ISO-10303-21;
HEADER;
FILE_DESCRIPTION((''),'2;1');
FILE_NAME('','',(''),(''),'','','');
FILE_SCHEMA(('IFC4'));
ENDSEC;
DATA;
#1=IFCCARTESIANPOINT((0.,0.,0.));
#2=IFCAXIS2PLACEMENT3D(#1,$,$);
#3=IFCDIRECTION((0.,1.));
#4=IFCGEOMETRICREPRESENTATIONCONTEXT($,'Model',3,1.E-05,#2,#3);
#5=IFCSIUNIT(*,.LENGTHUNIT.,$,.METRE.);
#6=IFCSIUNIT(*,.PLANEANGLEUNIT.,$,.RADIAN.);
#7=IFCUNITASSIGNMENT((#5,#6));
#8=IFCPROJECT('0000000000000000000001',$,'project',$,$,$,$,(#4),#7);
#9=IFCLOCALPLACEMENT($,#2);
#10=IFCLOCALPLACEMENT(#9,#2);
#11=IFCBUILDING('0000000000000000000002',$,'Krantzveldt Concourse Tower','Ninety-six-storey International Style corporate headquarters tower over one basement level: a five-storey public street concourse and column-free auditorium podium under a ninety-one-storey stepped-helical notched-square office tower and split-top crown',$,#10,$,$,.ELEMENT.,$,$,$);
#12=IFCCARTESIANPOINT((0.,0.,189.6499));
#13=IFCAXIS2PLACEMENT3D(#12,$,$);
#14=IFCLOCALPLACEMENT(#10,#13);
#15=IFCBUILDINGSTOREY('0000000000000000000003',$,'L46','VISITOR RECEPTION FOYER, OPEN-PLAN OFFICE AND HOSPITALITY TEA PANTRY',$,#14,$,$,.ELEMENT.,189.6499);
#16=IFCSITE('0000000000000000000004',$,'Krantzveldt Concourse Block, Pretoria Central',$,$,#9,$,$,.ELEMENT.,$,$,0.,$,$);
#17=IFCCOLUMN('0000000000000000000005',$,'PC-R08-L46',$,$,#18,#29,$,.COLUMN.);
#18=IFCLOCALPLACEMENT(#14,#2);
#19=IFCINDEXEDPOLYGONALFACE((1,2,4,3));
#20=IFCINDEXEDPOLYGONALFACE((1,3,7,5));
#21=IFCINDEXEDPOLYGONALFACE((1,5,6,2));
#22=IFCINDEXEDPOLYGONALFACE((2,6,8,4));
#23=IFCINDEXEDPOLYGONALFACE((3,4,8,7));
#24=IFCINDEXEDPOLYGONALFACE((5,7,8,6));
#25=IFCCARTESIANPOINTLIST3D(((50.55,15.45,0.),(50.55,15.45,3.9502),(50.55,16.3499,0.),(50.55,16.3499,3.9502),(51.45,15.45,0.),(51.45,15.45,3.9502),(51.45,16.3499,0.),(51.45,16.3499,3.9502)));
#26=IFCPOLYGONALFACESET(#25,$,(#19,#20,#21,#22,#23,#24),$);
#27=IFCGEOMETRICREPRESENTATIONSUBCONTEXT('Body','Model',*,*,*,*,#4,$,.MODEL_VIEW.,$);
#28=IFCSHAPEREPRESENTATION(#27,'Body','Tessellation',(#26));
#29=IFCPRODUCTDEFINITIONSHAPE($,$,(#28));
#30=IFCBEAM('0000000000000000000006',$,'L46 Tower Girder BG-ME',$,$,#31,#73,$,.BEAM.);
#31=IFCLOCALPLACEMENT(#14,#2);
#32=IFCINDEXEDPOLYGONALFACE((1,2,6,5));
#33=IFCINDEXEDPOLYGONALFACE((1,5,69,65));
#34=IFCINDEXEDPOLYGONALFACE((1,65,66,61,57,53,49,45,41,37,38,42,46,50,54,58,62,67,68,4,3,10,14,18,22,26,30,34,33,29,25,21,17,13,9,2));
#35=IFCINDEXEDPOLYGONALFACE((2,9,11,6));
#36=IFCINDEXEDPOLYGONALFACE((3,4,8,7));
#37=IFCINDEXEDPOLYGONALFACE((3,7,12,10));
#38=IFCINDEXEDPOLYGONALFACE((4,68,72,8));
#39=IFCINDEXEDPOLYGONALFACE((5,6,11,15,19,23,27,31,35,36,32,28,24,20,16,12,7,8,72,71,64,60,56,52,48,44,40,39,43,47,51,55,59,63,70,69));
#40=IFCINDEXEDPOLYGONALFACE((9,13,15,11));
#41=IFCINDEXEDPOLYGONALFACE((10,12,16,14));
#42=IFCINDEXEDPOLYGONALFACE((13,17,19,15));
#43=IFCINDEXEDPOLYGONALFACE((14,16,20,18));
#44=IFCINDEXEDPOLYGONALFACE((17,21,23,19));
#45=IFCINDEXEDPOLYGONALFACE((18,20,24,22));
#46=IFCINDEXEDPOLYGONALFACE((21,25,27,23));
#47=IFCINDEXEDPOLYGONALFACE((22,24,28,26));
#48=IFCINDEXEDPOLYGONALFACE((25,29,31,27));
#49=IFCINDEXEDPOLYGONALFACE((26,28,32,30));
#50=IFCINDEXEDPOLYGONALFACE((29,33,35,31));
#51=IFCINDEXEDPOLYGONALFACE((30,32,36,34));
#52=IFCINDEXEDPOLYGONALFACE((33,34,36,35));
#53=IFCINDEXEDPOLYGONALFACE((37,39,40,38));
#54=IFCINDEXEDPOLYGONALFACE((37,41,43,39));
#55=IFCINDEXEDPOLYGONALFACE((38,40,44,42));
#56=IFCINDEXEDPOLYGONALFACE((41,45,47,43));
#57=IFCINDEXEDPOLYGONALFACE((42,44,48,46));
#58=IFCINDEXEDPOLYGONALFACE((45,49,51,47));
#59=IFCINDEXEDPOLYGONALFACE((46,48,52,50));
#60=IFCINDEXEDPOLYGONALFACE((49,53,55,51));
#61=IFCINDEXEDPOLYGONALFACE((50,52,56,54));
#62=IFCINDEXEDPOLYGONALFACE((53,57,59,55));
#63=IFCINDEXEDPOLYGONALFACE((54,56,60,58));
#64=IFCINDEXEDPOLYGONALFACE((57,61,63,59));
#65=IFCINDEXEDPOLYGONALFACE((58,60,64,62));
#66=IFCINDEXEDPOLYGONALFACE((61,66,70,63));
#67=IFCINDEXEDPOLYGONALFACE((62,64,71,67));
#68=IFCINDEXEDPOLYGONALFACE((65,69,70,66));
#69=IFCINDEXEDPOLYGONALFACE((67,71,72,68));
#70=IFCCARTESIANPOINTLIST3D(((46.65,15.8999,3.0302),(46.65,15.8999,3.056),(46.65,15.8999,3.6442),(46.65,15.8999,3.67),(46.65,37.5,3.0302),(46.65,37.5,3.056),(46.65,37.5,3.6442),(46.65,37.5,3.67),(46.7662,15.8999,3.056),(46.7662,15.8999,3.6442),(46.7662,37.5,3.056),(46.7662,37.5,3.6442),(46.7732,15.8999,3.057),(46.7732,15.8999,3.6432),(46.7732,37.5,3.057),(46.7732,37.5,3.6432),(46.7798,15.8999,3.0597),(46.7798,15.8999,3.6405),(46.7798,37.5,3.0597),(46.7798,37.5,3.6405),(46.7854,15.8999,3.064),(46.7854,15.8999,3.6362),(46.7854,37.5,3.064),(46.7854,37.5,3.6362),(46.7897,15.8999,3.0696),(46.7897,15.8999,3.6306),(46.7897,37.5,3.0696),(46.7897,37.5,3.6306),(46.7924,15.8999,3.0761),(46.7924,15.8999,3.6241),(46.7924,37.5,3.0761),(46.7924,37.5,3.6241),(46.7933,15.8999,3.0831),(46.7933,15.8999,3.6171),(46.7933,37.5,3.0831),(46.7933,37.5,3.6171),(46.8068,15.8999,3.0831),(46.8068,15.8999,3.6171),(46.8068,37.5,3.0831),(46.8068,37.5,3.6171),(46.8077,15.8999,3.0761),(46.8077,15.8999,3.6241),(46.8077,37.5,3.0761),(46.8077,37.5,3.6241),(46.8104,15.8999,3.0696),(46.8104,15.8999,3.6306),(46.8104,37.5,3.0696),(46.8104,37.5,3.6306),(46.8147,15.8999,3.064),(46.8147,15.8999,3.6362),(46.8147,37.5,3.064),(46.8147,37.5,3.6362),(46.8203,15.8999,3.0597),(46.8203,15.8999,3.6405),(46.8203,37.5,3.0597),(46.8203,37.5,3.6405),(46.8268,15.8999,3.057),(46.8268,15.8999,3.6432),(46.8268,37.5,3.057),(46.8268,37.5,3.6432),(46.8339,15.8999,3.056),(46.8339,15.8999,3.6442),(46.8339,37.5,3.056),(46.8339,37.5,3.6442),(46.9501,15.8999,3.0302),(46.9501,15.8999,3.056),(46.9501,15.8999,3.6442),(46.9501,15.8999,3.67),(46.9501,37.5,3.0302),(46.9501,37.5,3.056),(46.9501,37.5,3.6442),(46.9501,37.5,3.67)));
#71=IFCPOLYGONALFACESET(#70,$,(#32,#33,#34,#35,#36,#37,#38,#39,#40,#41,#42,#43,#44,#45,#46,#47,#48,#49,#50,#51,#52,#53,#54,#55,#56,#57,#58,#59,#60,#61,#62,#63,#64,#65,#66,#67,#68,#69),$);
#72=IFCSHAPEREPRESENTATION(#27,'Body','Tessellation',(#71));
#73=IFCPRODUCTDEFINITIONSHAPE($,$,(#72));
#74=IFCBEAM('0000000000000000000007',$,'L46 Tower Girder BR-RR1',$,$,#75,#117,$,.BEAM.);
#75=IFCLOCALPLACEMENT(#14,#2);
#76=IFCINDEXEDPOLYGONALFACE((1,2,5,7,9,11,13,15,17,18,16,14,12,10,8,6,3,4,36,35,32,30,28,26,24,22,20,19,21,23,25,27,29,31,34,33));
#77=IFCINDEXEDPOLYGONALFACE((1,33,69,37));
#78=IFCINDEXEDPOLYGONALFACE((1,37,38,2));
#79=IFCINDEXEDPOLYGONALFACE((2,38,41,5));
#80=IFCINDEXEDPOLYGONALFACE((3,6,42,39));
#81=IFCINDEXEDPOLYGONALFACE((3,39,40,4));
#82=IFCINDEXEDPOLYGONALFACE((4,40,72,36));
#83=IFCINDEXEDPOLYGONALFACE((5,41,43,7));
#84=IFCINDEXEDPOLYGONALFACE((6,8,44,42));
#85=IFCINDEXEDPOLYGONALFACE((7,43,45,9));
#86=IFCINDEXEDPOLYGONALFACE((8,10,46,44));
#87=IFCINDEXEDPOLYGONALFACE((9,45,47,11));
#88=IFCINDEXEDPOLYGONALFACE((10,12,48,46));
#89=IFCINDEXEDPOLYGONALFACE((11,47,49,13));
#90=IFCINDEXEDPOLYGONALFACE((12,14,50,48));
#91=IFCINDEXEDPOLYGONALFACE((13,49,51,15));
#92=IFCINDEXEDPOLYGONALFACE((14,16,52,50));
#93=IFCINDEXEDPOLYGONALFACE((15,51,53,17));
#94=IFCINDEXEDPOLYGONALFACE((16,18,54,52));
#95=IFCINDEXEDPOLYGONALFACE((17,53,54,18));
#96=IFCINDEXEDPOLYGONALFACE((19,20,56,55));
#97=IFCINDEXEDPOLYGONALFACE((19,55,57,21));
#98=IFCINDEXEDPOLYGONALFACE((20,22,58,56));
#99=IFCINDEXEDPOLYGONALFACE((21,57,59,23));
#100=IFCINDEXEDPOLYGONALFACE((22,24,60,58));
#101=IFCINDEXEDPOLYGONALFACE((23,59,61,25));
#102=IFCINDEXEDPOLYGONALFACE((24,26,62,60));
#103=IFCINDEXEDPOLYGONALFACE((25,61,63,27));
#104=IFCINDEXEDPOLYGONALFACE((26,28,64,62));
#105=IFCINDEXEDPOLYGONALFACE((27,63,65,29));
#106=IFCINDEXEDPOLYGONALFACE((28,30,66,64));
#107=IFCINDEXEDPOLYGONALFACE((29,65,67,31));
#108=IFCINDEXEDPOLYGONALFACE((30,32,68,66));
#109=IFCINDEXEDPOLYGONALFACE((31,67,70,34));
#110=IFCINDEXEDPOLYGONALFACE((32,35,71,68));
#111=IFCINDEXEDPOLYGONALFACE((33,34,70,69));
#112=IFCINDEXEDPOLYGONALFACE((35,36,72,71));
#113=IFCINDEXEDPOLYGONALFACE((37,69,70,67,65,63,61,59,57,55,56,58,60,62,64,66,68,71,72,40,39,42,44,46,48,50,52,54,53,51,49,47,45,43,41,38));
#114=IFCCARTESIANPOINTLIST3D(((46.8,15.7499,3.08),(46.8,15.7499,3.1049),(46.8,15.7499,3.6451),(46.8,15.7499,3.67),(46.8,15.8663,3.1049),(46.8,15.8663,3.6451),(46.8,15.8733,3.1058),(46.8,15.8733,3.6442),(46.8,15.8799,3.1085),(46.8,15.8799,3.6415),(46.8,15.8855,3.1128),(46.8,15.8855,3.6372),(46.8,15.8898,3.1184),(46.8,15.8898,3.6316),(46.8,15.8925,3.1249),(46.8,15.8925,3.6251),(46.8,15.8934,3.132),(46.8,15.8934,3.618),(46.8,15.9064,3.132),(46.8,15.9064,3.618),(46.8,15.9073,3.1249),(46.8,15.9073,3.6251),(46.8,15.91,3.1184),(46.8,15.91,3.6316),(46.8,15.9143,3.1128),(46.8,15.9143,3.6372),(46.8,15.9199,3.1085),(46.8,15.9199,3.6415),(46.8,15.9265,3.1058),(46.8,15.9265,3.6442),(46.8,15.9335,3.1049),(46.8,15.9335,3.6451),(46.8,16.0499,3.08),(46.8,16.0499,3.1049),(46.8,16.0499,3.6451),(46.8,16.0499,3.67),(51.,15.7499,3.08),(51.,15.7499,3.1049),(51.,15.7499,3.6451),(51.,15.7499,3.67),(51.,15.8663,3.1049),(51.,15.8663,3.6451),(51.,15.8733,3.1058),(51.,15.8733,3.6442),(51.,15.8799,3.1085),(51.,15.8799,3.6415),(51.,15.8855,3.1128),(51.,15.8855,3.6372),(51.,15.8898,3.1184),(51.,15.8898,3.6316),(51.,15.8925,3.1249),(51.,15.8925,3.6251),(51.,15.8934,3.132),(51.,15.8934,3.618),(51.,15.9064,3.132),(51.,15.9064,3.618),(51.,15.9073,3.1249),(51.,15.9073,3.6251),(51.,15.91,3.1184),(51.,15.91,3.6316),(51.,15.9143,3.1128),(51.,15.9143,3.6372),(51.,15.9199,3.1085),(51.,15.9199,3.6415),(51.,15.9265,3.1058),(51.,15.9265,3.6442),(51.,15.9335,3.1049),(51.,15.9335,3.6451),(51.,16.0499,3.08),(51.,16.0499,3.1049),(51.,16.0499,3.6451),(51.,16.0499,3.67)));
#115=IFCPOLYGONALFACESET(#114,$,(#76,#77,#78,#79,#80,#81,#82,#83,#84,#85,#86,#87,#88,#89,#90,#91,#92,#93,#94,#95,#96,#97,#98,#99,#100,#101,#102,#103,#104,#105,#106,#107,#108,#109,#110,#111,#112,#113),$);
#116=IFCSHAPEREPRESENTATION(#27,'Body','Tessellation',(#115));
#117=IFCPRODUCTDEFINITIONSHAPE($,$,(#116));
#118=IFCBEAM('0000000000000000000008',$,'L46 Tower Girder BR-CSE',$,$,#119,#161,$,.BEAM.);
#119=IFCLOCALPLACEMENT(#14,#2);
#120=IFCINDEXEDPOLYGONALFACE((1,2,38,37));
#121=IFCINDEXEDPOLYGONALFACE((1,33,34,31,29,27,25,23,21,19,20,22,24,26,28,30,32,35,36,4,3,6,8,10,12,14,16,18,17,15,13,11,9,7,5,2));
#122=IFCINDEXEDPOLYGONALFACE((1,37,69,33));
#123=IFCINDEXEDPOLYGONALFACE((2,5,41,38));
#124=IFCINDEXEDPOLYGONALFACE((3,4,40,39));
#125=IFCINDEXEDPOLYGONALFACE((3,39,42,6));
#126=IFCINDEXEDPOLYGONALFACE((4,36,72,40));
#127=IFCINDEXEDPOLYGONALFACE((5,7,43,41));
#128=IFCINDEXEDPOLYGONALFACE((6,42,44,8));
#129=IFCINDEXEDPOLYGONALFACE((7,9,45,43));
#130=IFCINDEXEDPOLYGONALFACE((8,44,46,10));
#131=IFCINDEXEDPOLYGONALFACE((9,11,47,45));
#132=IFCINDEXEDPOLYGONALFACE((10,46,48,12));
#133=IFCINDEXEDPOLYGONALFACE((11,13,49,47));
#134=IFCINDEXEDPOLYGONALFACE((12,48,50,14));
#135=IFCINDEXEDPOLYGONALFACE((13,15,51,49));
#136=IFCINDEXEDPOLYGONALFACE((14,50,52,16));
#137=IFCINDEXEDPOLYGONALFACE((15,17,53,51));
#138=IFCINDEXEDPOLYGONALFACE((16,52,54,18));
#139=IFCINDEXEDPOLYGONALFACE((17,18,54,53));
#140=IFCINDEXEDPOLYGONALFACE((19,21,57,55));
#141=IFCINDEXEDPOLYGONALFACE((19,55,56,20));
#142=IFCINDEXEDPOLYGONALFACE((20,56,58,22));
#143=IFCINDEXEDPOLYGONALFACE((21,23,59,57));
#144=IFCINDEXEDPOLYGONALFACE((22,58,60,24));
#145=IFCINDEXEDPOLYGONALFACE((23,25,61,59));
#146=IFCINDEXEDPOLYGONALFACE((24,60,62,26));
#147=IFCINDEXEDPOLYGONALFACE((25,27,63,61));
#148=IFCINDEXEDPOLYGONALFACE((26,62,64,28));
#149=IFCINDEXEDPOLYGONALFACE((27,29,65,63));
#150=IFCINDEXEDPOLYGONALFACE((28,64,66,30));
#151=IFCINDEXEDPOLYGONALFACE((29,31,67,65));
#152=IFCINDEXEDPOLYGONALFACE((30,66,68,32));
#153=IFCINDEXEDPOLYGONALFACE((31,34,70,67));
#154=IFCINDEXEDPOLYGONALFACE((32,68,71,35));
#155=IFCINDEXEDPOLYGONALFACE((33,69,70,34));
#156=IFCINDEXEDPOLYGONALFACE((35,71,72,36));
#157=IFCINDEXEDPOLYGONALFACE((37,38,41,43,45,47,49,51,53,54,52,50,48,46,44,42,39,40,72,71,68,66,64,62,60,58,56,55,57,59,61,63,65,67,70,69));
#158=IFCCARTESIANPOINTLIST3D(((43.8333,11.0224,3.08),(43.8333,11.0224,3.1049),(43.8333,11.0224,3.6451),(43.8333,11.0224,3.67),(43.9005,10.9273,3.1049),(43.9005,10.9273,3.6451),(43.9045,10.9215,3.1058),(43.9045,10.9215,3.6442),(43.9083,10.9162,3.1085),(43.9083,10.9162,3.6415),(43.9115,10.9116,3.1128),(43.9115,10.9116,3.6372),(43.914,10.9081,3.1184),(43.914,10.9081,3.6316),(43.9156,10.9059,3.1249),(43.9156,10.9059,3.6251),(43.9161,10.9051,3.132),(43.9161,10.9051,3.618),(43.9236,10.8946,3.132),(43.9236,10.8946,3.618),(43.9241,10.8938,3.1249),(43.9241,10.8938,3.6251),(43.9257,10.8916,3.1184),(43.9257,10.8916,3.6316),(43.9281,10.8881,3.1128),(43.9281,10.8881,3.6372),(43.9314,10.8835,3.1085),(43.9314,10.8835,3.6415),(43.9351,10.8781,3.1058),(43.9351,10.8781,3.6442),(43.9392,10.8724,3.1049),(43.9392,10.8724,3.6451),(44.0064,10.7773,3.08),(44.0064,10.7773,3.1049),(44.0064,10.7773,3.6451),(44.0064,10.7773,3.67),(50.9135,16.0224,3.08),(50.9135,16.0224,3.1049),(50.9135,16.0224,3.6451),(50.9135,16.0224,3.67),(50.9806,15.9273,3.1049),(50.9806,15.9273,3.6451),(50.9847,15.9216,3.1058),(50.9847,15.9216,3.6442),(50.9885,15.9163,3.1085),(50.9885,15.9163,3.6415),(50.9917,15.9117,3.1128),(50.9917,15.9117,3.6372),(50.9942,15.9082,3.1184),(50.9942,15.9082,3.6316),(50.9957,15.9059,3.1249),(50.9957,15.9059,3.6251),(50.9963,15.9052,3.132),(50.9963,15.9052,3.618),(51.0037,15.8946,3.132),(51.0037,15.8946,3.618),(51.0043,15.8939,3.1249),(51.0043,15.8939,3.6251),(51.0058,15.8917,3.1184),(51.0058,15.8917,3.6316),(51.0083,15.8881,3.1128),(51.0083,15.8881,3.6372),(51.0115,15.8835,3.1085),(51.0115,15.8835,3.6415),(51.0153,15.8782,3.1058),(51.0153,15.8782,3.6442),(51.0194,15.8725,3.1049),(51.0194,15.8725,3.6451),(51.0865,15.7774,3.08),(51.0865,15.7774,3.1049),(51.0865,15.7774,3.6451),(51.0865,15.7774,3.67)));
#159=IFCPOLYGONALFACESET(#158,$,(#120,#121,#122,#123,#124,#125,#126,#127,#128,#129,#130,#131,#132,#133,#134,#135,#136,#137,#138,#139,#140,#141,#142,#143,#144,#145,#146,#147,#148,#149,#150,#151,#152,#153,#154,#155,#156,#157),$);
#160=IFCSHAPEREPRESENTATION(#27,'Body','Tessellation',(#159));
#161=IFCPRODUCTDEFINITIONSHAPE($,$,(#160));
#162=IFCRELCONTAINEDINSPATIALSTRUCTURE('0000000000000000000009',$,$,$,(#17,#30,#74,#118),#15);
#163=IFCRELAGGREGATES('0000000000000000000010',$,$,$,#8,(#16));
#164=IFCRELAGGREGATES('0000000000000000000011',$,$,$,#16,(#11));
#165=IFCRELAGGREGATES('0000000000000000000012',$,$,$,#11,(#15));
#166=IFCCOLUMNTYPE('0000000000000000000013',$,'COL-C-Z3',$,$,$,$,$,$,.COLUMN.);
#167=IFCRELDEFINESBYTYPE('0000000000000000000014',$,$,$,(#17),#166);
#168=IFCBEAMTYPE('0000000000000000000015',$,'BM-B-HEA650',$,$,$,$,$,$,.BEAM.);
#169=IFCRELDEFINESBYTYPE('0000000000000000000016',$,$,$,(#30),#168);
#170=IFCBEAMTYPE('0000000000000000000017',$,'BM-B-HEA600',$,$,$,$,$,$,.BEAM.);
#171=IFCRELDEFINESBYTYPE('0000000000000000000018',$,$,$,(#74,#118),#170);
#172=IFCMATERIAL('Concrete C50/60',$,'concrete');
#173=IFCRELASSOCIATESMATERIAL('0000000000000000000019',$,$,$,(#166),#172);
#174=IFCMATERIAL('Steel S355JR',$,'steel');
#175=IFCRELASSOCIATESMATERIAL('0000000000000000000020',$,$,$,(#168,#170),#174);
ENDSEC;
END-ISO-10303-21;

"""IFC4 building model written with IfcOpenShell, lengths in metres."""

from ifc_helpers import new_model, si_unit, direction, frame, origin, origin_2d, place, context, subcontext, project, spatial, rectangle, i_section, extrude, source, transform, mapped, material, material_profile, profile_set, type_object, type_shapes, element, save


model = new_model("IFC4")

# Units and contexts
model_context = context("Model", 3, precision=1e-05, world=origin(), true_north=direction((0.0, 1.0)))
body_context = subcontext(model_context, "Body", "Model", "MODEL_VIEW")
ifc_project = project(units=[si_unit("LENGTHUNIT", "METRE"), si_unit("PLANEANGLEUNIT", "RADIAN")], contexts=[model_context])

# Site, building, storey
site_placement = place(None, origin())
site = spatial("IfcSite", under=ifc_project, at=site_placement, Name="Krantzveldt Concourse Block, Pretoria Central", CompositionType="ELEMENT", RefElevation=0.0)
building_placement = place(site_placement, origin())
building = spatial("IfcBuilding", under=site, at=building_placement, Name="Krantzveldt Concourse Tower", Description="Ninety-six-storey International Style corporate headquarters tower over one basement level: a five-storey public street concourse and column-free auditorium podium under a ninety-one-storey stepped-helical notched-square office tower and split-top crown", CompositionType="ELEMENT")
storey_placement = place(building_placement, frame((0.0, 0.0, 189.6499)))
storey = spatial("IfcBuildingStorey", under=building, at=storey_placement, Name="L46", Description="VISITOR RECEPTION FOYER, OPEN-PLAN OFFICE AND HOSPITALITY TEA PANTRY", CompositionType="ELEMENT", Elevation=189.6499)

# Column
ifc_material_1 = material(Name="Concrete C50/60", Category="concrete")
ifc_material_profile_1 = material_profile(ifc_material_1, rectangle(XDim=0.8999, YDim=0.8999, at=origin_2d()), Name="Concrete C50/60", Category="concrete")
ifc_profile_set_1 = profile_set([ifc_material_profile_1], Name="Concrete C50/60 - RC 900x900")
column_type = type_object("IfcColumnType", Name="COL-C-Z3", PredefinedType="COLUMN", material=ifc_profile_set_1)
shared_shape_1 = source(origin(), body_context, "Body", "SweptSolid", [
    extrude(rectangle(XDim=0.8999, YDim=0.8999, at=origin_2d()), origin(), (0.0, 0.0, 1.0), 3.9502),
])
type_shapes(column_type, [shared_shape_1])
column_placement = place(storey_placement, frame((51.0, 15.8999, 0.0), z_axis=(0.0, 0.0, 1.0), x_axis=(1.0, 0.0, 0.0)))
element("IfcColumn", 1, at=column_placement, inside=storey, type_object=column_type, Name="PC-R08-L46", PredefinedType="COLUMN", context=body_context, shape_type="MappedRepresentation", body=[
    mapped(shared_shape_1, transform((0.0, 0.0, 0.0), x_axis=(1.0, 0.0, 0.0), y_axis=(0.0, 1.0, 0.0), z_axis=(0.0, 0.0, 1.0), scale=1.0)),
])

# Beams
ifc_material_2 = material(Name="Steel S355JR", Category="steel")
ifc_material_profile_2 = material_profile(ifc_material_2, i_section(OverallWidth=0.3, OverallDepth=0.6399, WebThickness=0.0134, FlangeThickness=0.0259, FilletRadius=0.0271, at=origin_2d()), Name="Steel S355JR", Category="steel")
ifc_profile_set_2 = profile_set([ifc_material_profile_2], Name="Steel S355JR - HEA 650")
beam_type_1 = type_object("IfcBeamType", Name="BM-B-HEA650", PredefinedType="BEAM", material=ifc_profile_set_2)
shared_shape_2 = source(origin(), body_context, "Body", "SweptSolid", [
    extrude(i_section(OverallWidth=0.3, OverallDepth=0.6399, WebThickness=0.0134, FlangeThickness=0.0259, FilletRadius=0.0271, at=origin_2d()), origin(), (0.0, 0.0, 1.0), 21.6001),
])
type_shapes(beam_type_1, [shared_shape_2])
beam_1_placement = place(storey_placement, frame((46.8, 15.8999, 3.3501), z_axis=(0.0, 1.0, 0.0), x_axis=(-1.0, 0.0, 0.0)))
element("IfcBeam", 2, at=beam_1_placement, inside=storey, type_object=beam_type_1, Name="L46 Tower Girder BG-ME", PredefinedType="BEAM", context=body_context, shape_type="MappedRepresentation", body=[
    mapped(shared_shape_2, transform((0.0, 0.0, 0.0), x_axis=(1.0, 0.0, 0.0), y_axis=(0.0, 1.0, 0.0), z_axis=(0.0, 0.0, 1.0), scale=1.0)),
])
ifc_material_profile_3 = material_profile(ifc_material_2, i_section(OverallWidth=0.3, OverallDepth=0.5901, WebThickness=0.0129, FlangeThickness=0.0249, FilletRadius=0.0271, at=origin_2d()), Name="Steel S355JR", Category="steel")
ifc_profile_set_3 = profile_set([ifc_material_profile_3], Name="Steel S355JR - HEA 600")
beam_type_2 = type_object("IfcBeamType", Name="BM-B-HEA600", PredefinedType="BEAM", material=ifc_profile_set_3)
shared_shape_3 = source(origin(), body_context, "Body", "SweptSolid", [
    extrude(i_section(OverallWidth=0.3, OverallDepth=0.5901, WebThickness=0.0129, FlangeThickness=0.0249, FilletRadius=0.0271, at=origin_2d()), origin(), (0.0, 0.0, 1.0), 4.2),
])
beam_2_placement = place(storey_placement, frame((46.8, 15.8999, 3.375), z_axis=(1.0, 0.0, 0.0), x_axis=(0.0, 1.0, 0.0)))
element("IfcBeam", 3, at=beam_2_placement, inside=storey, type_object=beam_type_2, Name="L46 Tower Girder BR-RR1", PredefinedType="BEAM", context=body_context, shape_type="MappedRepresentation", body=[
    mapped(shared_shape_3, transform((0.0, 0.0, 0.0), x_axis=(1.0, 0.0, 0.0), y_axis=(0.0, 1.0, 0.0), z_axis=(0.0, 0.0, 1.0), scale=1.0)),
])
shared_shape_4 = source(origin(), body_context, "Body", "SweptSolid", [
    extrude(i_section(OverallWidth=0.3, OverallDepth=0.5901, WebThickness=0.0129, FlangeThickness=0.0249, FilletRadius=0.0271, at=origin_2d()), origin(), (0.0, 0.0, 1.0), 8.6677),
])
type_shapes(beam_type_2, [shared_shape_3, shared_shape_4])
beam_3_placement = place(storey_placement, frame((51.0, 15.8999, 3.375), z_axis=(-0.816843, -0.57686, 0.0), x_axis=(0.57686, -0.816843, 0.0)))
element("IfcBeam", 4, at=beam_3_placement, inside=storey, type_object=beam_type_2, Name="L46 Tower Girder BR-CSE", PredefinedType="BEAM", context=body_context, shape_type="MappedRepresentation", body=[
    mapped(shared_shape_4, transform((0.0, 0.0, 0.0), x_axis=(1.0, 0.0, 0.0), y_axis=(0.0, 1.0, 0.0), z_axis=(0.0, 0.0, 1.0), scale=1.0)),
])

save(model, "model.ifc")
